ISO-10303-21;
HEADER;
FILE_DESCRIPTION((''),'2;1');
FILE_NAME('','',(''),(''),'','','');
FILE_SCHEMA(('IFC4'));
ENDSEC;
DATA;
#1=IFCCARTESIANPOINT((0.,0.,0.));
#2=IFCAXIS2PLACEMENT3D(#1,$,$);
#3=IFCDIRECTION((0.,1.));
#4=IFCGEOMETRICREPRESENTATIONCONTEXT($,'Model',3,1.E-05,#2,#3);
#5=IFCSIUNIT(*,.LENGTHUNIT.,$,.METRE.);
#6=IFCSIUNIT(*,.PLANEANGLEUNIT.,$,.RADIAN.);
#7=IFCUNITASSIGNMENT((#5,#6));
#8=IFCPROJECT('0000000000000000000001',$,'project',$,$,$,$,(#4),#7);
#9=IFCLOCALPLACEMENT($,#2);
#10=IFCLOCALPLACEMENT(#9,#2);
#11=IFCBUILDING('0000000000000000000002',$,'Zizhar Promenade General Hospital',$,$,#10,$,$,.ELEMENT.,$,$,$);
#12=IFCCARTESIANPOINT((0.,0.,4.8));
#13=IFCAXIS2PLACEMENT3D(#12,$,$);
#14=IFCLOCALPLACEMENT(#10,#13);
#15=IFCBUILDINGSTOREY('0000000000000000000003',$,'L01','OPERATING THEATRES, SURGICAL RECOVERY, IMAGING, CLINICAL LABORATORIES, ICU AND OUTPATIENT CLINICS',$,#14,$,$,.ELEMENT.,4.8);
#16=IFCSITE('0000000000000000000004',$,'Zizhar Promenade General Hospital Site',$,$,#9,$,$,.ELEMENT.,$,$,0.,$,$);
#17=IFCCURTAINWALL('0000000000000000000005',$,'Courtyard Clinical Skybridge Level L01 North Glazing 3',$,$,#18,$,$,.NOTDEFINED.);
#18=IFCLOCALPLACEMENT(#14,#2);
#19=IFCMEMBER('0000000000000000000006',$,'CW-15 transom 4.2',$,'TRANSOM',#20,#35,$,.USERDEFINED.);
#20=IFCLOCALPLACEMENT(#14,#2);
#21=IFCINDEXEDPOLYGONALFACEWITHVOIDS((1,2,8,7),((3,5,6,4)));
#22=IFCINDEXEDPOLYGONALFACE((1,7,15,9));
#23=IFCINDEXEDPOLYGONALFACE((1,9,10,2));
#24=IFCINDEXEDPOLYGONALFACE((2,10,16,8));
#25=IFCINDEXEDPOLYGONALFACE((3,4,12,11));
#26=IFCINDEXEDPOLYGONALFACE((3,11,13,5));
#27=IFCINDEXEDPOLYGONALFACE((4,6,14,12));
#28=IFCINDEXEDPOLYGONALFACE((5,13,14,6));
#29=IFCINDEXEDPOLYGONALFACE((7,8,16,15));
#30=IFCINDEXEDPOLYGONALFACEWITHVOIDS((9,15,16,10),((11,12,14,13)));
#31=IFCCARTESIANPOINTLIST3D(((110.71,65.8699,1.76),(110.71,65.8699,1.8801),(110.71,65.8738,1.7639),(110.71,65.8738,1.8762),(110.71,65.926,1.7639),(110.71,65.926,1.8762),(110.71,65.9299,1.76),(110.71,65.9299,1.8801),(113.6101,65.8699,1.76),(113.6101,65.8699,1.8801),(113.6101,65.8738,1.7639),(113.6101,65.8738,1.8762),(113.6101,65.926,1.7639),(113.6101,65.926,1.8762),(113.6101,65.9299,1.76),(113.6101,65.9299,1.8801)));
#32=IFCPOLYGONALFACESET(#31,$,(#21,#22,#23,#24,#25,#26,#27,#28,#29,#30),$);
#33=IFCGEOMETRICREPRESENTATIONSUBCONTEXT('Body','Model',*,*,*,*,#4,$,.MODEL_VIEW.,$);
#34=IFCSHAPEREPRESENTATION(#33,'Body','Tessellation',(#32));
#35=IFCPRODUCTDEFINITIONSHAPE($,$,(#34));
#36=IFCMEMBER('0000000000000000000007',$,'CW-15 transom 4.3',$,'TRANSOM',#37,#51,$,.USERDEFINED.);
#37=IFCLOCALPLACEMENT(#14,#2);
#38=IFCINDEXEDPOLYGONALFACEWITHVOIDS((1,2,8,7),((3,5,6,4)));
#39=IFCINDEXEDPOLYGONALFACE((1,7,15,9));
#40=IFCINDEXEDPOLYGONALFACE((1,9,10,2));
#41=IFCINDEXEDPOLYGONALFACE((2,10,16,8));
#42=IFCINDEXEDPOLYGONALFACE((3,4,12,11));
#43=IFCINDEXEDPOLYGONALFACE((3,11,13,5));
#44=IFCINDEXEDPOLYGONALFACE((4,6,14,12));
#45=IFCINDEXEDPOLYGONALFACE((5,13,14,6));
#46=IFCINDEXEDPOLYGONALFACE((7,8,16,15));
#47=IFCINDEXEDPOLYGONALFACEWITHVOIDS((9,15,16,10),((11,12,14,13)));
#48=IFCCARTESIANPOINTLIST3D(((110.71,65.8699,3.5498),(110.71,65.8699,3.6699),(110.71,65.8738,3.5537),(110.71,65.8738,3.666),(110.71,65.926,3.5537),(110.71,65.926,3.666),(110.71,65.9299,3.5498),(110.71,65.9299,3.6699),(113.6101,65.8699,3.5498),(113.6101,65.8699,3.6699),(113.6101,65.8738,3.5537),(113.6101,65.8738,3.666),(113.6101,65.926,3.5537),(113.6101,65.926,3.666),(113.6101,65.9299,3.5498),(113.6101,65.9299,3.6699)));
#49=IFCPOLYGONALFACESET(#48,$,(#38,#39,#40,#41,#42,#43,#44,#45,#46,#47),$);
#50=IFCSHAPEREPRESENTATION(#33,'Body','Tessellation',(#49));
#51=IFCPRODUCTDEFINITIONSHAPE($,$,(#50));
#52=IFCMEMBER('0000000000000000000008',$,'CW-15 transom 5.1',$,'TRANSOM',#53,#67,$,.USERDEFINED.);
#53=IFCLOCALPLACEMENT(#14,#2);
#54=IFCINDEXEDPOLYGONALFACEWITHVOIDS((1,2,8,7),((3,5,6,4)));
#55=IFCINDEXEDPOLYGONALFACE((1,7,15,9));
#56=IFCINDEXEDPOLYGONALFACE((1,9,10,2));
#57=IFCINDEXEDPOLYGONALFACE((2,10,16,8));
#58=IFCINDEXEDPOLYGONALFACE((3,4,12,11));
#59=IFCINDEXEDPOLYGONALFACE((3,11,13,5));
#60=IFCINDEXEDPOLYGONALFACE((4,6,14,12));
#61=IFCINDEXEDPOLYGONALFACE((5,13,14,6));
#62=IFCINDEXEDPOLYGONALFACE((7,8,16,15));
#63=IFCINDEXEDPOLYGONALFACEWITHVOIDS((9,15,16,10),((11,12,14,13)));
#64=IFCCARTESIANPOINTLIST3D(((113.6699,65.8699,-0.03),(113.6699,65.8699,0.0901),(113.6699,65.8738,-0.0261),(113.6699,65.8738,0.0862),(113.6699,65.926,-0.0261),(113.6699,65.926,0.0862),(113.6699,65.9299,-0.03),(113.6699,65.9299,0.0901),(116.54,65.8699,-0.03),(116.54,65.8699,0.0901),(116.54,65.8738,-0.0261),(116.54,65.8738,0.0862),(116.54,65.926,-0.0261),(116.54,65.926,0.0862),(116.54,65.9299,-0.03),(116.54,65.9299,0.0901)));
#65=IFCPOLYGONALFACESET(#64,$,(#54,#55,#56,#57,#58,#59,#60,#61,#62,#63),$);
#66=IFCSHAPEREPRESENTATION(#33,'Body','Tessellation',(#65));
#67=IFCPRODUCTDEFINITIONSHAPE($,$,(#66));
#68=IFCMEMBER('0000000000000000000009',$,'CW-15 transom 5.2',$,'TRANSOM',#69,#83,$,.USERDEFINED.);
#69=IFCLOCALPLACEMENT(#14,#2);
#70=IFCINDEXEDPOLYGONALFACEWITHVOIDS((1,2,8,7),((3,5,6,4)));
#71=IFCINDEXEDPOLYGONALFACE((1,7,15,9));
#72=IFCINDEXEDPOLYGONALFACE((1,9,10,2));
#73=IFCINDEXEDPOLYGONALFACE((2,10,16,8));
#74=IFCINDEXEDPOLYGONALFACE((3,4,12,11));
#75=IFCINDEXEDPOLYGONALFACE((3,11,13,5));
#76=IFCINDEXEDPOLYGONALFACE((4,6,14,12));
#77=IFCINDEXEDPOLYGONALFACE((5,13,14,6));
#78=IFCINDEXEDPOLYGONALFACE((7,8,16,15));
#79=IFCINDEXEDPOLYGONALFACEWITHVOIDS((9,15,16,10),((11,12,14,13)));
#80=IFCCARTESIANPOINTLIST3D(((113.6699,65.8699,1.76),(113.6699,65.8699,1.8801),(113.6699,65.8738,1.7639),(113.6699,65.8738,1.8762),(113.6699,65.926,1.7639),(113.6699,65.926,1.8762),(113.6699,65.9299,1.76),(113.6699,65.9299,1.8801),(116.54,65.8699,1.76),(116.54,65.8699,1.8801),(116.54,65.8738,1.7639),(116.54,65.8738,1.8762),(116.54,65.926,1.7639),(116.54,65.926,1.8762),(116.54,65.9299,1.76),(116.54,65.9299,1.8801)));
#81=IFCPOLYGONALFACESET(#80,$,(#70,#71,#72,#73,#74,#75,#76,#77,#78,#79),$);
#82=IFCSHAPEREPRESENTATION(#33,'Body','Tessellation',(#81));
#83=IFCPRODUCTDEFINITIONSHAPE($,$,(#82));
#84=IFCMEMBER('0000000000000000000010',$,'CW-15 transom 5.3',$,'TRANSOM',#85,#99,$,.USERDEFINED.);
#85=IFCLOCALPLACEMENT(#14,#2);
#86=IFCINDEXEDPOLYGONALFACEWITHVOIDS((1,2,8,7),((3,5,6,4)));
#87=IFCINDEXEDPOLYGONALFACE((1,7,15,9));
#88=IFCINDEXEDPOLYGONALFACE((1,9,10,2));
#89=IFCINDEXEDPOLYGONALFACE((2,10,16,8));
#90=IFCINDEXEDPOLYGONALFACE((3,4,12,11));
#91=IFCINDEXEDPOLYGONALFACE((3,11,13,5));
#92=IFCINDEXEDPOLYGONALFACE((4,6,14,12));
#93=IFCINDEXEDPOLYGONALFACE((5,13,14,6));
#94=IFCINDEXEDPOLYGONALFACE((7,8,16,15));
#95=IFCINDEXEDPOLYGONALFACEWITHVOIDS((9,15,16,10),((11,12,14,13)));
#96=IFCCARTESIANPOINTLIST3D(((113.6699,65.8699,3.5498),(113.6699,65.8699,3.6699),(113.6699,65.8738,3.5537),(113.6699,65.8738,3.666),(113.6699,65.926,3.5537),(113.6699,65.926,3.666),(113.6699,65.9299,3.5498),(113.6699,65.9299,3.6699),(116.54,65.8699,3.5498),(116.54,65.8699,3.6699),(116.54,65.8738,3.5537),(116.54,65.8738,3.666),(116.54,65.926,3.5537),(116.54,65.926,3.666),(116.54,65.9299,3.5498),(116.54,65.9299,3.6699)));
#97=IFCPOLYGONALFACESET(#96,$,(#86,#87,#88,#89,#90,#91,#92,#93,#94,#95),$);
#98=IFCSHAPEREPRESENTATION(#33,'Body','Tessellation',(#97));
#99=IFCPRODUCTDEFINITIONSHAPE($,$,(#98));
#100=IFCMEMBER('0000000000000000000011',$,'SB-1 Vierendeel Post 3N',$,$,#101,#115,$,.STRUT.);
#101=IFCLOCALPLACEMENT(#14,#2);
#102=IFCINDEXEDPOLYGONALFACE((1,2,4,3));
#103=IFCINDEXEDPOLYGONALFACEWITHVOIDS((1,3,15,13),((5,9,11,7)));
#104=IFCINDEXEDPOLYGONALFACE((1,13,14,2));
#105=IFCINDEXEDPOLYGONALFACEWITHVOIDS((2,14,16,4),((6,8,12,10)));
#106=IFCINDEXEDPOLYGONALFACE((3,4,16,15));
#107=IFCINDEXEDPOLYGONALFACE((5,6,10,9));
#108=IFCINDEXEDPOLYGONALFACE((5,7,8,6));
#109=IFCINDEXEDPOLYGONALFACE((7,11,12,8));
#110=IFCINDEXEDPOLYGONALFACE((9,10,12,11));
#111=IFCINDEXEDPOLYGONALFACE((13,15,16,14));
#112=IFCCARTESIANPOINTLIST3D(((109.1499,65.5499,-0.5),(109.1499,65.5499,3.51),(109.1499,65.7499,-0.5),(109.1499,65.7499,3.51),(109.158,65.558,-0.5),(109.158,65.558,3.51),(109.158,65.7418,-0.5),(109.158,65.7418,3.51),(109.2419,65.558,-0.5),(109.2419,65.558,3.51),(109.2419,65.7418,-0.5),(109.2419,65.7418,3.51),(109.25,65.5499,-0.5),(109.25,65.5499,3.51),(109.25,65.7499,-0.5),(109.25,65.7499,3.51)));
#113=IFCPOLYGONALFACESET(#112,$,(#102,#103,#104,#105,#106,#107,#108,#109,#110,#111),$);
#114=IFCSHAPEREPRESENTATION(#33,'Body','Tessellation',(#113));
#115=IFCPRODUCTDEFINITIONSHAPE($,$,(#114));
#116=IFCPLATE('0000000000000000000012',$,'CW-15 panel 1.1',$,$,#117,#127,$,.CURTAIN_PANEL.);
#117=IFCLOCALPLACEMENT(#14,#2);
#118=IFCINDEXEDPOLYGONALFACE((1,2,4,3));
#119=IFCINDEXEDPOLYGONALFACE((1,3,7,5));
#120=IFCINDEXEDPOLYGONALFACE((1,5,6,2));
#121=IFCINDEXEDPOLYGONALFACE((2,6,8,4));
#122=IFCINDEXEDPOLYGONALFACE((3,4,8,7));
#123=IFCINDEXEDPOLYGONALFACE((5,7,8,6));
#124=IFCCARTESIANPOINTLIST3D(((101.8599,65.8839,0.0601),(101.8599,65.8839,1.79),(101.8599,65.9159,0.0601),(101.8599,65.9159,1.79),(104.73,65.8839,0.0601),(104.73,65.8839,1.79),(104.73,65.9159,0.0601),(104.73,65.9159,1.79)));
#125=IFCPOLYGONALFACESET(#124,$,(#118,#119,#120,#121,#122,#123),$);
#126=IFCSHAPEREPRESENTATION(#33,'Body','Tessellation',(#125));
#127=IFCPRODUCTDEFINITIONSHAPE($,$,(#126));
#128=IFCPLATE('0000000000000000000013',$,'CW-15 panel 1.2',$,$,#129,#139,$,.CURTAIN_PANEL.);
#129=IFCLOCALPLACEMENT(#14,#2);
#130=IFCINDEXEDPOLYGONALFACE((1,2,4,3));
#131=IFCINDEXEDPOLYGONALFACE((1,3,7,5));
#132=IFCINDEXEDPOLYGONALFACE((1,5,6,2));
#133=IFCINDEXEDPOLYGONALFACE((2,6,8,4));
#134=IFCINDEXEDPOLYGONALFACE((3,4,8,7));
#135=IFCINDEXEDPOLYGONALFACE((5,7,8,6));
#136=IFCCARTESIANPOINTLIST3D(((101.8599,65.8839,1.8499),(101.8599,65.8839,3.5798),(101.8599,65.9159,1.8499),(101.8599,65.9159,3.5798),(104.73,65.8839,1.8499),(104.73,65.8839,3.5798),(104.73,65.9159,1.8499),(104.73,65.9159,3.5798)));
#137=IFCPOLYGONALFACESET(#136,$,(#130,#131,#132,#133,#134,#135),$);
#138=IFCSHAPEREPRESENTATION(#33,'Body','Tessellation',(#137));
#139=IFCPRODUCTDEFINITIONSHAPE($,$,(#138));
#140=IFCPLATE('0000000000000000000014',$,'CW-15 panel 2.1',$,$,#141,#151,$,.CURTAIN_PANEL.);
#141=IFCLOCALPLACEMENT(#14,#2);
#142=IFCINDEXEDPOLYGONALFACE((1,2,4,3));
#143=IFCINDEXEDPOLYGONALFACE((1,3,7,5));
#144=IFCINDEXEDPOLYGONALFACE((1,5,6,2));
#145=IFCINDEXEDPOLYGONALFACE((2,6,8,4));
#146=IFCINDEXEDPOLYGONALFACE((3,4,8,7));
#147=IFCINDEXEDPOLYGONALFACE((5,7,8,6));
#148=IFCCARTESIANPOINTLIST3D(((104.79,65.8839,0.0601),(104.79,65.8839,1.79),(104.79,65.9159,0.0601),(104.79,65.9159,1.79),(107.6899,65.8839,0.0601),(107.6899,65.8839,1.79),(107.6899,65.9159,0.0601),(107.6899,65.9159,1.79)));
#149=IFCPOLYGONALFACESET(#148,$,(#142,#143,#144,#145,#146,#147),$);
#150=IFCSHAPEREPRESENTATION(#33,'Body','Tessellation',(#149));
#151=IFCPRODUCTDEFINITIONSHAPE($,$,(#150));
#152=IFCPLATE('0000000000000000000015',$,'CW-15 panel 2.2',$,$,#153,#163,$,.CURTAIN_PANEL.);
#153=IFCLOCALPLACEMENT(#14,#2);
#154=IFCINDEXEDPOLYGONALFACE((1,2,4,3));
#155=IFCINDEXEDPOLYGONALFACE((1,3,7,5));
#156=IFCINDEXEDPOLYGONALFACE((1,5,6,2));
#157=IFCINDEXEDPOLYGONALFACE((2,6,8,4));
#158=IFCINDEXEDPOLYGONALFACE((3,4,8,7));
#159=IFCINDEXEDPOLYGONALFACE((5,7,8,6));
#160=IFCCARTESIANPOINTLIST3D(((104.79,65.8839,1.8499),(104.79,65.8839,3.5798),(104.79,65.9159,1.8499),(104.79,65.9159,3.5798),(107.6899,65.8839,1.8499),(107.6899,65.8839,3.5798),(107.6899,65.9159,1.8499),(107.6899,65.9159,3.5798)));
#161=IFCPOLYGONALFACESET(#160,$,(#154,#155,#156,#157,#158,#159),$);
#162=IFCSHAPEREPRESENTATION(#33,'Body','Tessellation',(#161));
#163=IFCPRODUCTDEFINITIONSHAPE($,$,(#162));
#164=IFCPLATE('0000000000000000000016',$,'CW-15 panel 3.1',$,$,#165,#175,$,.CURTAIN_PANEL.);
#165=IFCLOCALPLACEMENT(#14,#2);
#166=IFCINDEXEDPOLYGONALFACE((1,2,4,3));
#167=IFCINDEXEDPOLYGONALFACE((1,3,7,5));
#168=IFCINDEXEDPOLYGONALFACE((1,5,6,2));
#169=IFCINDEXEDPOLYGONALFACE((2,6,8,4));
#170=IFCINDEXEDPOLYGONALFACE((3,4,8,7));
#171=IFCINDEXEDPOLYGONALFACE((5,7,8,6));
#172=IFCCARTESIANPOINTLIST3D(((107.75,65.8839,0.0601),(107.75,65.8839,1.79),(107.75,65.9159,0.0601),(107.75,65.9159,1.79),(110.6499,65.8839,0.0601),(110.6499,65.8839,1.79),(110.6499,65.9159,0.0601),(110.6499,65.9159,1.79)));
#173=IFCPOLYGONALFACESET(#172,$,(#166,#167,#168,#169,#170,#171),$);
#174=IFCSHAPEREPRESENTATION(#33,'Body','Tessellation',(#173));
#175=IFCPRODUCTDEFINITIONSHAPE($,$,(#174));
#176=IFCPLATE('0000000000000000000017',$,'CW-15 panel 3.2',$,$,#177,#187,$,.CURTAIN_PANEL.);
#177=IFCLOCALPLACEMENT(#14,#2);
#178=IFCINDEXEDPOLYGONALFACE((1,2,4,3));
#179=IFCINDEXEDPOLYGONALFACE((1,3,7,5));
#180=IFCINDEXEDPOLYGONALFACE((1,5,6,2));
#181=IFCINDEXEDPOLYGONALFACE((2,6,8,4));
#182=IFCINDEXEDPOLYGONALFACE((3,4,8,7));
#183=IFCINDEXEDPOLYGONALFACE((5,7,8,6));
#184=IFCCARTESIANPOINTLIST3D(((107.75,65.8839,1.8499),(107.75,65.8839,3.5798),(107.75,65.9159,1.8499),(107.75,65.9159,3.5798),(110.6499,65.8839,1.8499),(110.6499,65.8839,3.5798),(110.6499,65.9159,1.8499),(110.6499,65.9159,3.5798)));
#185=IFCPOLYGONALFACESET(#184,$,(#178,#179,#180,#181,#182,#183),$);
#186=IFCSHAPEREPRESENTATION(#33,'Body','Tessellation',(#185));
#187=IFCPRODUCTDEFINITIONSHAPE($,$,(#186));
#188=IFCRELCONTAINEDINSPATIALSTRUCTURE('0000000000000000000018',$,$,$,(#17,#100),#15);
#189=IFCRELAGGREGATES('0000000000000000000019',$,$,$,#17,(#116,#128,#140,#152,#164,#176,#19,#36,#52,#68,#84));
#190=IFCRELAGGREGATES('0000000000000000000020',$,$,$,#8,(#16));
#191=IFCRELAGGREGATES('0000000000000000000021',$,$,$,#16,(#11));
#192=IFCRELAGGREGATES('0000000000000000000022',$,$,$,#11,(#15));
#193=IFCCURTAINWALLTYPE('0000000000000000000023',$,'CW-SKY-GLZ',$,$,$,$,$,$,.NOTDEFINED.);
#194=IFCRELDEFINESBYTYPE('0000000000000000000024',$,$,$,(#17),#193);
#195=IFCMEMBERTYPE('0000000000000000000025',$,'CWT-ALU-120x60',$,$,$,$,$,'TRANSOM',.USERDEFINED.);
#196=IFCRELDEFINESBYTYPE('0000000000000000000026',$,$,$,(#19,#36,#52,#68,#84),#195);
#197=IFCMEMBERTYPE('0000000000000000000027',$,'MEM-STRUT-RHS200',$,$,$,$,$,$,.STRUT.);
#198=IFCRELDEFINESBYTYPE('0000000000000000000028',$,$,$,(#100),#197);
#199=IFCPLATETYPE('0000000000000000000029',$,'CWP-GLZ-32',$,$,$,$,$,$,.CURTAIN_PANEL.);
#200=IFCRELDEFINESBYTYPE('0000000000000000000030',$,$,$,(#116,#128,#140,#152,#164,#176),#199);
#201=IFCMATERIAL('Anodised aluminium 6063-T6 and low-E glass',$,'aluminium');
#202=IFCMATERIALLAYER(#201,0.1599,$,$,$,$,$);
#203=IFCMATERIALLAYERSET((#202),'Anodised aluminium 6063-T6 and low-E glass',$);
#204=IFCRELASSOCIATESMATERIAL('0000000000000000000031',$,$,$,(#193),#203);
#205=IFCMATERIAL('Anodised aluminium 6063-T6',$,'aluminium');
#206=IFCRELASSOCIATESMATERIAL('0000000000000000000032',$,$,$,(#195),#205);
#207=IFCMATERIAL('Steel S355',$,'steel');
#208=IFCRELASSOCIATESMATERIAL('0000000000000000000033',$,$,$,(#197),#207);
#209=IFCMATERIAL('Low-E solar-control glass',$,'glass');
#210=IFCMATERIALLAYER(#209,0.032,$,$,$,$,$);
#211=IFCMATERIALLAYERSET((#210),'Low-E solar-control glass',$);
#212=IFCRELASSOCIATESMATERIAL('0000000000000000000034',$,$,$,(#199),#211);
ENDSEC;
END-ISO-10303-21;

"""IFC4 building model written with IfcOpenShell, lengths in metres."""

from ifc_helpers import new_model, si_unit, direction, frame, origin, origin_2d, place, context, subcontext, project, spatial, rectangle, hollow_rectangle, extrude, material, layer, layer_set, material_profile, profile_set, type_object, element, aggregate, save


model = new_model("IFC4")

# Units and contexts
model_context = context("Model", 3, precision=1e-05, world=origin(), true_north=direction((0.0, 1.0)))
body_context = subcontext(model_context, "Body", "Model", "MODEL_VIEW")
ifc_project = project(units=[si_unit("LENGTHUNIT", "METRE"), si_unit("PLANEANGLEUNIT", "RADIAN")], contexts=[model_context])

# Site, building, storey
site_placement = place(None, origin())
site = spatial("IfcSite", under=ifc_project, at=site_placement, Name="Zizhar Promenade General Hospital Site", CompositionType="ELEMENT", RefElevation=0.0)
building_placement = place(site_placement, origin())
building = spatial("IfcBuilding", under=site, at=building_placement, Name="Zizhar Promenade General Hospital", CompositionType="ELEMENT")
storey_placement = place(building_placement, frame((0.0, 0.0, 4.8)))
storey = spatial("IfcBuildingStorey", under=building, at=storey_placement, Name="L01", Description="OPERATING THEATRES, SURGICAL RECOVERY, IMAGING, CLINICAL LABORATORIES, ICU AND OUTPATIENT CLINICS", CompositionType="ELEMENT", Elevation=4.8)

# Curtain wall, members
ifc_material_1 = material(Name="Anodised aluminium 6063-T6 and low-E glass", Category="aluminium")
ifc_layer_1 = layer(ifc_material_1, 0.1599)
ifc_layer_set_1 = layer_set([ifc_layer_1], Name="Anodised aluminium 6063-T6 and low-E glass")
curtain_wall_type = type_object("IfcCurtainWallType", Name="CW-SKY-GLZ", PredefinedType="NOTDEFINED", material=ifc_layer_set_1)
curtain_wall_placement = place(storey_placement, origin())
curtain_wall = element("IfcCurtainWall", 1, at=curtain_wall_placement, inside=storey, type_object=curtain_wall_type, Name="Courtyard Clinical Skybridge Level L01 North Glazing 3", PredefinedType="NOTDEFINED")
ifc_material_2 = material(Name="Anodised aluminium 6063-T6", Category="aluminium")
ifc_material_profile_1 = material_profile(ifc_material_2, hollow_rectangle(XDim=0.0601, YDim=0.1201, WallThickness=0.0039, at=origin_2d()))
ifc_profile_set_1 = profile_set([ifc_material_profile_1], Name="Anodised aluminium 6063-T6")
member_type_1 = type_object("IfcMemberType", Name="CWT-ALU-120x60", ElementType="TRANSOM", PredefinedType="USERDEFINED", material=ifc_profile_set_1)
member_1_placement = place(storey_placement, frame((110.71, 65.8999, 1.8201), z_axis=(1.0, 0.0, 0.0), x_axis=(0.0, 1.0, 0.0)))
member_1 = element("IfcMember", 2, at=member_1_placement, type_object=member_type_1, Name="CW-15 transom 4.2", ObjectType="TRANSOM", PredefinedType="USERDEFINED", context=body_context, shape_type="SweptSolid", body=[
    extrude(hollow_rectangle(XDim=0.0601, YDim=0.1201, WallThickness=0.0039, at=origin_2d()), origin(), (0.0, 0.0, 1.0), 2.9001),
])
member_2_placement = place(storey_placement, frame((110.71, 65.8999, 3.6099), z_axis=(1.0, 0.0, 0.0), x_axis=(0.0, 1.0, 0.0)))
member_2 = element("IfcMember", 3, at=member_2_placement, type_object=member_type_1, Name="CW-15 transom 4.3", ObjectType="TRANSOM", PredefinedType="USERDEFINED", context=body_context, shape_type="SweptSolid", body=[
    extrude(hollow_rectangle(XDim=0.0601, YDim=0.1201, WallThickness=0.0039, at=origin_2d()), origin(), (0.0, 0.0, 1.0), 2.9001),
])
member_3_placement = place(storey_placement, frame((113.6699, 65.8999, 0.03), z_axis=(1.0, 0.0, 0.0), x_axis=(0.0, 1.0, 0.0)))
member_3 = element("IfcMember", 4, at=member_3_placement, type_object=member_type_1, Name="CW-15 transom 5.1", ObjectType="TRANSOM", PredefinedType="USERDEFINED", context=body_context, shape_type="SweptSolid", body=[
    extrude(hollow_rectangle(XDim=0.0601, YDim=0.1201, WallThickness=0.0039, at=origin_2d()), origin(), (0.0, 0.0, 1.0), 2.8701),
])
member_4_placement = place(storey_placement, frame((113.6699, 65.8999, 1.8201), z_axis=(1.0, 0.0, 0.0), x_axis=(0.0, 1.0, 0.0)))
member_4 = element("IfcMember", 5, at=member_4_placement, type_object=member_type_1, Name="CW-15 transom 5.2", ObjectType="TRANSOM", PredefinedType="USERDEFINED", context=body_context, shape_type="SweptSolid", body=[
    extrude(hollow_rectangle(XDim=0.0601, YDim=0.1201, WallThickness=0.0039, at=origin_2d()), origin(), (0.0, 0.0, 1.0), 2.8701),
])
member_5_placement = place(storey_placement, frame((113.6699, 65.8999, 3.6099), z_axis=(1.0, 0.0, 0.0), x_axis=(0.0, 1.0, 0.0)))
member_5 = element("IfcMember", 6, at=member_5_placement, type_object=member_type_1, Name="CW-15 transom 5.3", ObjectType="TRANSOM", PredefinedType="USERDEFINED", context=body_context, shape_type="SweptSolid", body=[
    extrude(hollow_rectangle(XDim=0.0601, YDim=0.1201, WallThickness=0.0039, at=origin_2d()), origin(), (0.0, 0.0, 1.0), 2.8701),
])

# Member
ifc_material_3 = material(Name="Steel S355", Category="steel")
ifc_material_profile_2 = material_profile(ifc_material_3, hollow_rectangle(XDim=0.1001, YDim=0.2, WallThickness=0.0081, at=origin_2d()))
ifc_profile_set_2 = profile_set([ifc_material_profile_2], Name="Steel S355")
member_type_2 = type_object("IfcMemberType", Name="MEM-STRUT-RHS200", PredefinedType="STRUT", material=ifc_profile_set_2)
member_6_placement = place(storey_placement, frame((109.2, 65.6499, -0.5), z_axis=(0.0, 0.0, 1.0), x_axis=(1.0, 0.0, 0.0)))
element("IfcMember", 7, at=member_6_placement, inside=storey, type_object=member_type_2, Name="SB-1 Vierendeel Post 3N", PredefinedType="STRUT", context=body_context, shape_type="SweptSolid", body=[
    extrude(hollow_rectangle(XDim=0.1001, YDim=0.2, WallThickness=0.0081, at=origin_2d()), origin(), (0.0, 0.0, 1.0), 4.01),
])

# Plates
ifc_material_4 = material(Name="Low-E solar-control glass", Category="glass")
ifc_layer_2 = layer(ifc_material_4, 0.032)
ifc_layer_set_2 = layer_set([ifc_layer_2], Name="Low-E solar-control glass")
plate_type = type_object("IfcPlateType", Name="CWP-GLZ-32", PredefinedType="CURTAIN_PANEL", material=ifc_layer_set_2)
plate_1_placement = place(storey_placement, frame((103.2949, 65.8999, 0.0601), z_axis=(0.0, 0.0, 1.0), x_axis=(1.0, 0.0, 0.0)))
plate_1 = element("IfcPlate", 8, at=plate_1_placement, type_object=plate_type, Name="CW-15 panel 1.1", PredefinedType="CURTAIN_PANEL", context=body_context, shape_type="SweptSolid", body=[
    extrude(rectangle(XDim=2.8701, YDim=0.032, at=origin_2d()), origin(), (0.0, 0.0, 1.0), 1.73),
])
plate_2_placement = place(storey_placement, frame((103.2949, 65.8999, 1.8499), z_axis=(0.0, 0.0, 1.0), x_axis=(1.0, 0.0, 0.0)))
plate_2 = element("IfcPlate", 9, at=plate_2_placement, type_object=plate_type, Name="CW-15 panel 1.2", PredefinedType="CURTAIN_PANEL", context=body_context, shape_type="SweptSolid", body=[
    extrude(rectangle(XDim=2.8701, YDim=0.032, at=origin_2d()), origin(), (0.0, 0.0, 1.0), 1.73),
])
plate_3_placement = place(storey_placement, frame((106.24, 65.8999, 0.0601), z_axis=(0.0, 0.0, 1.0), x_axis=(1.0, 0.0, 0.0)))
plate_3 = element("IfcPlate", 10, at=plate_3_placement, type_object=plate_type, Name="CW-15 panel 2.1", PredefinedType="CURTAIN_PANEL", context=body_context, shape_type="SweptSolid", body=[
    extrude(rectangle(XDim=2.8999, YDim=0.032, at=origin_2d()), origin(), (0.0, 0.0, 1.0), 1.73),
])
plate_4_placement = place(storey_placement, frame((106.24, 65.8999, 1.8499), z_axis=(0.0, 0.0, 1.0), x_axis=(1.0, 0.0, 0.0)))
plate_4 = element("IfcPlate", 11, at=plate_4_placement, type_object=plate_type, Name="CW-15 panel 2.2", PredefinedType="CURTAIN_PANEL", context=body_context, shape_type="SweptSolid", body=[
    extrude(rectangle(XDim=2.8999, YDim=0.032, at=origin_2d()), origin(), (0.0, 0.0, 1.0), 1.73),
])
plate_5_placement = place(storey_placement, frame((109.2, 65.8999, 0.0601), z_axis=(0.0, 0.0, 1.0), x_axis=(1.0, 0.0, 0.0)))
plate_5 = element("IfcPlate", 12, at=plate_5_placement, type_object=plate_type, Name="CW-15 panel 3.1", PredefinedType="CURTAIN_PANEL", context=body_context, shape_type="SweptSolid", body=[
    extrude(rectangle(XDim=2.8999, YDim=0.032, at=origin_2d()), origin(), (0.0, 0.0, 1.0), 1.73),
])
plate_6_placement = place(storey_placement, frame((109.2, 65.8999, 1.8499), z_axis=(0.0, 0.0, 1.0), x_axis=(1.0, 0.0, 0.0)))
plate_6 = element("IfcPlate", 13, at=plate_6_placement, type_object=plate_type, Name="CW-15 panel 3.2", PredefinedType="CURTAIN_PANEL", context=body_context, shape_type="SweptSolid", body=[
    extrude(rectangle(XDim=2.8999, YDim=0.032, at=origin_2d()), origin(), (0.0, 0.0, 1.0), 1.73),
])
aggregate(curtain_wall, [plate_1, plate_2, plate_3, plate_4, plate_5, plate_6, member_1, member_2, member_3, member_4, member_5])

save(model, "model.ifc")
